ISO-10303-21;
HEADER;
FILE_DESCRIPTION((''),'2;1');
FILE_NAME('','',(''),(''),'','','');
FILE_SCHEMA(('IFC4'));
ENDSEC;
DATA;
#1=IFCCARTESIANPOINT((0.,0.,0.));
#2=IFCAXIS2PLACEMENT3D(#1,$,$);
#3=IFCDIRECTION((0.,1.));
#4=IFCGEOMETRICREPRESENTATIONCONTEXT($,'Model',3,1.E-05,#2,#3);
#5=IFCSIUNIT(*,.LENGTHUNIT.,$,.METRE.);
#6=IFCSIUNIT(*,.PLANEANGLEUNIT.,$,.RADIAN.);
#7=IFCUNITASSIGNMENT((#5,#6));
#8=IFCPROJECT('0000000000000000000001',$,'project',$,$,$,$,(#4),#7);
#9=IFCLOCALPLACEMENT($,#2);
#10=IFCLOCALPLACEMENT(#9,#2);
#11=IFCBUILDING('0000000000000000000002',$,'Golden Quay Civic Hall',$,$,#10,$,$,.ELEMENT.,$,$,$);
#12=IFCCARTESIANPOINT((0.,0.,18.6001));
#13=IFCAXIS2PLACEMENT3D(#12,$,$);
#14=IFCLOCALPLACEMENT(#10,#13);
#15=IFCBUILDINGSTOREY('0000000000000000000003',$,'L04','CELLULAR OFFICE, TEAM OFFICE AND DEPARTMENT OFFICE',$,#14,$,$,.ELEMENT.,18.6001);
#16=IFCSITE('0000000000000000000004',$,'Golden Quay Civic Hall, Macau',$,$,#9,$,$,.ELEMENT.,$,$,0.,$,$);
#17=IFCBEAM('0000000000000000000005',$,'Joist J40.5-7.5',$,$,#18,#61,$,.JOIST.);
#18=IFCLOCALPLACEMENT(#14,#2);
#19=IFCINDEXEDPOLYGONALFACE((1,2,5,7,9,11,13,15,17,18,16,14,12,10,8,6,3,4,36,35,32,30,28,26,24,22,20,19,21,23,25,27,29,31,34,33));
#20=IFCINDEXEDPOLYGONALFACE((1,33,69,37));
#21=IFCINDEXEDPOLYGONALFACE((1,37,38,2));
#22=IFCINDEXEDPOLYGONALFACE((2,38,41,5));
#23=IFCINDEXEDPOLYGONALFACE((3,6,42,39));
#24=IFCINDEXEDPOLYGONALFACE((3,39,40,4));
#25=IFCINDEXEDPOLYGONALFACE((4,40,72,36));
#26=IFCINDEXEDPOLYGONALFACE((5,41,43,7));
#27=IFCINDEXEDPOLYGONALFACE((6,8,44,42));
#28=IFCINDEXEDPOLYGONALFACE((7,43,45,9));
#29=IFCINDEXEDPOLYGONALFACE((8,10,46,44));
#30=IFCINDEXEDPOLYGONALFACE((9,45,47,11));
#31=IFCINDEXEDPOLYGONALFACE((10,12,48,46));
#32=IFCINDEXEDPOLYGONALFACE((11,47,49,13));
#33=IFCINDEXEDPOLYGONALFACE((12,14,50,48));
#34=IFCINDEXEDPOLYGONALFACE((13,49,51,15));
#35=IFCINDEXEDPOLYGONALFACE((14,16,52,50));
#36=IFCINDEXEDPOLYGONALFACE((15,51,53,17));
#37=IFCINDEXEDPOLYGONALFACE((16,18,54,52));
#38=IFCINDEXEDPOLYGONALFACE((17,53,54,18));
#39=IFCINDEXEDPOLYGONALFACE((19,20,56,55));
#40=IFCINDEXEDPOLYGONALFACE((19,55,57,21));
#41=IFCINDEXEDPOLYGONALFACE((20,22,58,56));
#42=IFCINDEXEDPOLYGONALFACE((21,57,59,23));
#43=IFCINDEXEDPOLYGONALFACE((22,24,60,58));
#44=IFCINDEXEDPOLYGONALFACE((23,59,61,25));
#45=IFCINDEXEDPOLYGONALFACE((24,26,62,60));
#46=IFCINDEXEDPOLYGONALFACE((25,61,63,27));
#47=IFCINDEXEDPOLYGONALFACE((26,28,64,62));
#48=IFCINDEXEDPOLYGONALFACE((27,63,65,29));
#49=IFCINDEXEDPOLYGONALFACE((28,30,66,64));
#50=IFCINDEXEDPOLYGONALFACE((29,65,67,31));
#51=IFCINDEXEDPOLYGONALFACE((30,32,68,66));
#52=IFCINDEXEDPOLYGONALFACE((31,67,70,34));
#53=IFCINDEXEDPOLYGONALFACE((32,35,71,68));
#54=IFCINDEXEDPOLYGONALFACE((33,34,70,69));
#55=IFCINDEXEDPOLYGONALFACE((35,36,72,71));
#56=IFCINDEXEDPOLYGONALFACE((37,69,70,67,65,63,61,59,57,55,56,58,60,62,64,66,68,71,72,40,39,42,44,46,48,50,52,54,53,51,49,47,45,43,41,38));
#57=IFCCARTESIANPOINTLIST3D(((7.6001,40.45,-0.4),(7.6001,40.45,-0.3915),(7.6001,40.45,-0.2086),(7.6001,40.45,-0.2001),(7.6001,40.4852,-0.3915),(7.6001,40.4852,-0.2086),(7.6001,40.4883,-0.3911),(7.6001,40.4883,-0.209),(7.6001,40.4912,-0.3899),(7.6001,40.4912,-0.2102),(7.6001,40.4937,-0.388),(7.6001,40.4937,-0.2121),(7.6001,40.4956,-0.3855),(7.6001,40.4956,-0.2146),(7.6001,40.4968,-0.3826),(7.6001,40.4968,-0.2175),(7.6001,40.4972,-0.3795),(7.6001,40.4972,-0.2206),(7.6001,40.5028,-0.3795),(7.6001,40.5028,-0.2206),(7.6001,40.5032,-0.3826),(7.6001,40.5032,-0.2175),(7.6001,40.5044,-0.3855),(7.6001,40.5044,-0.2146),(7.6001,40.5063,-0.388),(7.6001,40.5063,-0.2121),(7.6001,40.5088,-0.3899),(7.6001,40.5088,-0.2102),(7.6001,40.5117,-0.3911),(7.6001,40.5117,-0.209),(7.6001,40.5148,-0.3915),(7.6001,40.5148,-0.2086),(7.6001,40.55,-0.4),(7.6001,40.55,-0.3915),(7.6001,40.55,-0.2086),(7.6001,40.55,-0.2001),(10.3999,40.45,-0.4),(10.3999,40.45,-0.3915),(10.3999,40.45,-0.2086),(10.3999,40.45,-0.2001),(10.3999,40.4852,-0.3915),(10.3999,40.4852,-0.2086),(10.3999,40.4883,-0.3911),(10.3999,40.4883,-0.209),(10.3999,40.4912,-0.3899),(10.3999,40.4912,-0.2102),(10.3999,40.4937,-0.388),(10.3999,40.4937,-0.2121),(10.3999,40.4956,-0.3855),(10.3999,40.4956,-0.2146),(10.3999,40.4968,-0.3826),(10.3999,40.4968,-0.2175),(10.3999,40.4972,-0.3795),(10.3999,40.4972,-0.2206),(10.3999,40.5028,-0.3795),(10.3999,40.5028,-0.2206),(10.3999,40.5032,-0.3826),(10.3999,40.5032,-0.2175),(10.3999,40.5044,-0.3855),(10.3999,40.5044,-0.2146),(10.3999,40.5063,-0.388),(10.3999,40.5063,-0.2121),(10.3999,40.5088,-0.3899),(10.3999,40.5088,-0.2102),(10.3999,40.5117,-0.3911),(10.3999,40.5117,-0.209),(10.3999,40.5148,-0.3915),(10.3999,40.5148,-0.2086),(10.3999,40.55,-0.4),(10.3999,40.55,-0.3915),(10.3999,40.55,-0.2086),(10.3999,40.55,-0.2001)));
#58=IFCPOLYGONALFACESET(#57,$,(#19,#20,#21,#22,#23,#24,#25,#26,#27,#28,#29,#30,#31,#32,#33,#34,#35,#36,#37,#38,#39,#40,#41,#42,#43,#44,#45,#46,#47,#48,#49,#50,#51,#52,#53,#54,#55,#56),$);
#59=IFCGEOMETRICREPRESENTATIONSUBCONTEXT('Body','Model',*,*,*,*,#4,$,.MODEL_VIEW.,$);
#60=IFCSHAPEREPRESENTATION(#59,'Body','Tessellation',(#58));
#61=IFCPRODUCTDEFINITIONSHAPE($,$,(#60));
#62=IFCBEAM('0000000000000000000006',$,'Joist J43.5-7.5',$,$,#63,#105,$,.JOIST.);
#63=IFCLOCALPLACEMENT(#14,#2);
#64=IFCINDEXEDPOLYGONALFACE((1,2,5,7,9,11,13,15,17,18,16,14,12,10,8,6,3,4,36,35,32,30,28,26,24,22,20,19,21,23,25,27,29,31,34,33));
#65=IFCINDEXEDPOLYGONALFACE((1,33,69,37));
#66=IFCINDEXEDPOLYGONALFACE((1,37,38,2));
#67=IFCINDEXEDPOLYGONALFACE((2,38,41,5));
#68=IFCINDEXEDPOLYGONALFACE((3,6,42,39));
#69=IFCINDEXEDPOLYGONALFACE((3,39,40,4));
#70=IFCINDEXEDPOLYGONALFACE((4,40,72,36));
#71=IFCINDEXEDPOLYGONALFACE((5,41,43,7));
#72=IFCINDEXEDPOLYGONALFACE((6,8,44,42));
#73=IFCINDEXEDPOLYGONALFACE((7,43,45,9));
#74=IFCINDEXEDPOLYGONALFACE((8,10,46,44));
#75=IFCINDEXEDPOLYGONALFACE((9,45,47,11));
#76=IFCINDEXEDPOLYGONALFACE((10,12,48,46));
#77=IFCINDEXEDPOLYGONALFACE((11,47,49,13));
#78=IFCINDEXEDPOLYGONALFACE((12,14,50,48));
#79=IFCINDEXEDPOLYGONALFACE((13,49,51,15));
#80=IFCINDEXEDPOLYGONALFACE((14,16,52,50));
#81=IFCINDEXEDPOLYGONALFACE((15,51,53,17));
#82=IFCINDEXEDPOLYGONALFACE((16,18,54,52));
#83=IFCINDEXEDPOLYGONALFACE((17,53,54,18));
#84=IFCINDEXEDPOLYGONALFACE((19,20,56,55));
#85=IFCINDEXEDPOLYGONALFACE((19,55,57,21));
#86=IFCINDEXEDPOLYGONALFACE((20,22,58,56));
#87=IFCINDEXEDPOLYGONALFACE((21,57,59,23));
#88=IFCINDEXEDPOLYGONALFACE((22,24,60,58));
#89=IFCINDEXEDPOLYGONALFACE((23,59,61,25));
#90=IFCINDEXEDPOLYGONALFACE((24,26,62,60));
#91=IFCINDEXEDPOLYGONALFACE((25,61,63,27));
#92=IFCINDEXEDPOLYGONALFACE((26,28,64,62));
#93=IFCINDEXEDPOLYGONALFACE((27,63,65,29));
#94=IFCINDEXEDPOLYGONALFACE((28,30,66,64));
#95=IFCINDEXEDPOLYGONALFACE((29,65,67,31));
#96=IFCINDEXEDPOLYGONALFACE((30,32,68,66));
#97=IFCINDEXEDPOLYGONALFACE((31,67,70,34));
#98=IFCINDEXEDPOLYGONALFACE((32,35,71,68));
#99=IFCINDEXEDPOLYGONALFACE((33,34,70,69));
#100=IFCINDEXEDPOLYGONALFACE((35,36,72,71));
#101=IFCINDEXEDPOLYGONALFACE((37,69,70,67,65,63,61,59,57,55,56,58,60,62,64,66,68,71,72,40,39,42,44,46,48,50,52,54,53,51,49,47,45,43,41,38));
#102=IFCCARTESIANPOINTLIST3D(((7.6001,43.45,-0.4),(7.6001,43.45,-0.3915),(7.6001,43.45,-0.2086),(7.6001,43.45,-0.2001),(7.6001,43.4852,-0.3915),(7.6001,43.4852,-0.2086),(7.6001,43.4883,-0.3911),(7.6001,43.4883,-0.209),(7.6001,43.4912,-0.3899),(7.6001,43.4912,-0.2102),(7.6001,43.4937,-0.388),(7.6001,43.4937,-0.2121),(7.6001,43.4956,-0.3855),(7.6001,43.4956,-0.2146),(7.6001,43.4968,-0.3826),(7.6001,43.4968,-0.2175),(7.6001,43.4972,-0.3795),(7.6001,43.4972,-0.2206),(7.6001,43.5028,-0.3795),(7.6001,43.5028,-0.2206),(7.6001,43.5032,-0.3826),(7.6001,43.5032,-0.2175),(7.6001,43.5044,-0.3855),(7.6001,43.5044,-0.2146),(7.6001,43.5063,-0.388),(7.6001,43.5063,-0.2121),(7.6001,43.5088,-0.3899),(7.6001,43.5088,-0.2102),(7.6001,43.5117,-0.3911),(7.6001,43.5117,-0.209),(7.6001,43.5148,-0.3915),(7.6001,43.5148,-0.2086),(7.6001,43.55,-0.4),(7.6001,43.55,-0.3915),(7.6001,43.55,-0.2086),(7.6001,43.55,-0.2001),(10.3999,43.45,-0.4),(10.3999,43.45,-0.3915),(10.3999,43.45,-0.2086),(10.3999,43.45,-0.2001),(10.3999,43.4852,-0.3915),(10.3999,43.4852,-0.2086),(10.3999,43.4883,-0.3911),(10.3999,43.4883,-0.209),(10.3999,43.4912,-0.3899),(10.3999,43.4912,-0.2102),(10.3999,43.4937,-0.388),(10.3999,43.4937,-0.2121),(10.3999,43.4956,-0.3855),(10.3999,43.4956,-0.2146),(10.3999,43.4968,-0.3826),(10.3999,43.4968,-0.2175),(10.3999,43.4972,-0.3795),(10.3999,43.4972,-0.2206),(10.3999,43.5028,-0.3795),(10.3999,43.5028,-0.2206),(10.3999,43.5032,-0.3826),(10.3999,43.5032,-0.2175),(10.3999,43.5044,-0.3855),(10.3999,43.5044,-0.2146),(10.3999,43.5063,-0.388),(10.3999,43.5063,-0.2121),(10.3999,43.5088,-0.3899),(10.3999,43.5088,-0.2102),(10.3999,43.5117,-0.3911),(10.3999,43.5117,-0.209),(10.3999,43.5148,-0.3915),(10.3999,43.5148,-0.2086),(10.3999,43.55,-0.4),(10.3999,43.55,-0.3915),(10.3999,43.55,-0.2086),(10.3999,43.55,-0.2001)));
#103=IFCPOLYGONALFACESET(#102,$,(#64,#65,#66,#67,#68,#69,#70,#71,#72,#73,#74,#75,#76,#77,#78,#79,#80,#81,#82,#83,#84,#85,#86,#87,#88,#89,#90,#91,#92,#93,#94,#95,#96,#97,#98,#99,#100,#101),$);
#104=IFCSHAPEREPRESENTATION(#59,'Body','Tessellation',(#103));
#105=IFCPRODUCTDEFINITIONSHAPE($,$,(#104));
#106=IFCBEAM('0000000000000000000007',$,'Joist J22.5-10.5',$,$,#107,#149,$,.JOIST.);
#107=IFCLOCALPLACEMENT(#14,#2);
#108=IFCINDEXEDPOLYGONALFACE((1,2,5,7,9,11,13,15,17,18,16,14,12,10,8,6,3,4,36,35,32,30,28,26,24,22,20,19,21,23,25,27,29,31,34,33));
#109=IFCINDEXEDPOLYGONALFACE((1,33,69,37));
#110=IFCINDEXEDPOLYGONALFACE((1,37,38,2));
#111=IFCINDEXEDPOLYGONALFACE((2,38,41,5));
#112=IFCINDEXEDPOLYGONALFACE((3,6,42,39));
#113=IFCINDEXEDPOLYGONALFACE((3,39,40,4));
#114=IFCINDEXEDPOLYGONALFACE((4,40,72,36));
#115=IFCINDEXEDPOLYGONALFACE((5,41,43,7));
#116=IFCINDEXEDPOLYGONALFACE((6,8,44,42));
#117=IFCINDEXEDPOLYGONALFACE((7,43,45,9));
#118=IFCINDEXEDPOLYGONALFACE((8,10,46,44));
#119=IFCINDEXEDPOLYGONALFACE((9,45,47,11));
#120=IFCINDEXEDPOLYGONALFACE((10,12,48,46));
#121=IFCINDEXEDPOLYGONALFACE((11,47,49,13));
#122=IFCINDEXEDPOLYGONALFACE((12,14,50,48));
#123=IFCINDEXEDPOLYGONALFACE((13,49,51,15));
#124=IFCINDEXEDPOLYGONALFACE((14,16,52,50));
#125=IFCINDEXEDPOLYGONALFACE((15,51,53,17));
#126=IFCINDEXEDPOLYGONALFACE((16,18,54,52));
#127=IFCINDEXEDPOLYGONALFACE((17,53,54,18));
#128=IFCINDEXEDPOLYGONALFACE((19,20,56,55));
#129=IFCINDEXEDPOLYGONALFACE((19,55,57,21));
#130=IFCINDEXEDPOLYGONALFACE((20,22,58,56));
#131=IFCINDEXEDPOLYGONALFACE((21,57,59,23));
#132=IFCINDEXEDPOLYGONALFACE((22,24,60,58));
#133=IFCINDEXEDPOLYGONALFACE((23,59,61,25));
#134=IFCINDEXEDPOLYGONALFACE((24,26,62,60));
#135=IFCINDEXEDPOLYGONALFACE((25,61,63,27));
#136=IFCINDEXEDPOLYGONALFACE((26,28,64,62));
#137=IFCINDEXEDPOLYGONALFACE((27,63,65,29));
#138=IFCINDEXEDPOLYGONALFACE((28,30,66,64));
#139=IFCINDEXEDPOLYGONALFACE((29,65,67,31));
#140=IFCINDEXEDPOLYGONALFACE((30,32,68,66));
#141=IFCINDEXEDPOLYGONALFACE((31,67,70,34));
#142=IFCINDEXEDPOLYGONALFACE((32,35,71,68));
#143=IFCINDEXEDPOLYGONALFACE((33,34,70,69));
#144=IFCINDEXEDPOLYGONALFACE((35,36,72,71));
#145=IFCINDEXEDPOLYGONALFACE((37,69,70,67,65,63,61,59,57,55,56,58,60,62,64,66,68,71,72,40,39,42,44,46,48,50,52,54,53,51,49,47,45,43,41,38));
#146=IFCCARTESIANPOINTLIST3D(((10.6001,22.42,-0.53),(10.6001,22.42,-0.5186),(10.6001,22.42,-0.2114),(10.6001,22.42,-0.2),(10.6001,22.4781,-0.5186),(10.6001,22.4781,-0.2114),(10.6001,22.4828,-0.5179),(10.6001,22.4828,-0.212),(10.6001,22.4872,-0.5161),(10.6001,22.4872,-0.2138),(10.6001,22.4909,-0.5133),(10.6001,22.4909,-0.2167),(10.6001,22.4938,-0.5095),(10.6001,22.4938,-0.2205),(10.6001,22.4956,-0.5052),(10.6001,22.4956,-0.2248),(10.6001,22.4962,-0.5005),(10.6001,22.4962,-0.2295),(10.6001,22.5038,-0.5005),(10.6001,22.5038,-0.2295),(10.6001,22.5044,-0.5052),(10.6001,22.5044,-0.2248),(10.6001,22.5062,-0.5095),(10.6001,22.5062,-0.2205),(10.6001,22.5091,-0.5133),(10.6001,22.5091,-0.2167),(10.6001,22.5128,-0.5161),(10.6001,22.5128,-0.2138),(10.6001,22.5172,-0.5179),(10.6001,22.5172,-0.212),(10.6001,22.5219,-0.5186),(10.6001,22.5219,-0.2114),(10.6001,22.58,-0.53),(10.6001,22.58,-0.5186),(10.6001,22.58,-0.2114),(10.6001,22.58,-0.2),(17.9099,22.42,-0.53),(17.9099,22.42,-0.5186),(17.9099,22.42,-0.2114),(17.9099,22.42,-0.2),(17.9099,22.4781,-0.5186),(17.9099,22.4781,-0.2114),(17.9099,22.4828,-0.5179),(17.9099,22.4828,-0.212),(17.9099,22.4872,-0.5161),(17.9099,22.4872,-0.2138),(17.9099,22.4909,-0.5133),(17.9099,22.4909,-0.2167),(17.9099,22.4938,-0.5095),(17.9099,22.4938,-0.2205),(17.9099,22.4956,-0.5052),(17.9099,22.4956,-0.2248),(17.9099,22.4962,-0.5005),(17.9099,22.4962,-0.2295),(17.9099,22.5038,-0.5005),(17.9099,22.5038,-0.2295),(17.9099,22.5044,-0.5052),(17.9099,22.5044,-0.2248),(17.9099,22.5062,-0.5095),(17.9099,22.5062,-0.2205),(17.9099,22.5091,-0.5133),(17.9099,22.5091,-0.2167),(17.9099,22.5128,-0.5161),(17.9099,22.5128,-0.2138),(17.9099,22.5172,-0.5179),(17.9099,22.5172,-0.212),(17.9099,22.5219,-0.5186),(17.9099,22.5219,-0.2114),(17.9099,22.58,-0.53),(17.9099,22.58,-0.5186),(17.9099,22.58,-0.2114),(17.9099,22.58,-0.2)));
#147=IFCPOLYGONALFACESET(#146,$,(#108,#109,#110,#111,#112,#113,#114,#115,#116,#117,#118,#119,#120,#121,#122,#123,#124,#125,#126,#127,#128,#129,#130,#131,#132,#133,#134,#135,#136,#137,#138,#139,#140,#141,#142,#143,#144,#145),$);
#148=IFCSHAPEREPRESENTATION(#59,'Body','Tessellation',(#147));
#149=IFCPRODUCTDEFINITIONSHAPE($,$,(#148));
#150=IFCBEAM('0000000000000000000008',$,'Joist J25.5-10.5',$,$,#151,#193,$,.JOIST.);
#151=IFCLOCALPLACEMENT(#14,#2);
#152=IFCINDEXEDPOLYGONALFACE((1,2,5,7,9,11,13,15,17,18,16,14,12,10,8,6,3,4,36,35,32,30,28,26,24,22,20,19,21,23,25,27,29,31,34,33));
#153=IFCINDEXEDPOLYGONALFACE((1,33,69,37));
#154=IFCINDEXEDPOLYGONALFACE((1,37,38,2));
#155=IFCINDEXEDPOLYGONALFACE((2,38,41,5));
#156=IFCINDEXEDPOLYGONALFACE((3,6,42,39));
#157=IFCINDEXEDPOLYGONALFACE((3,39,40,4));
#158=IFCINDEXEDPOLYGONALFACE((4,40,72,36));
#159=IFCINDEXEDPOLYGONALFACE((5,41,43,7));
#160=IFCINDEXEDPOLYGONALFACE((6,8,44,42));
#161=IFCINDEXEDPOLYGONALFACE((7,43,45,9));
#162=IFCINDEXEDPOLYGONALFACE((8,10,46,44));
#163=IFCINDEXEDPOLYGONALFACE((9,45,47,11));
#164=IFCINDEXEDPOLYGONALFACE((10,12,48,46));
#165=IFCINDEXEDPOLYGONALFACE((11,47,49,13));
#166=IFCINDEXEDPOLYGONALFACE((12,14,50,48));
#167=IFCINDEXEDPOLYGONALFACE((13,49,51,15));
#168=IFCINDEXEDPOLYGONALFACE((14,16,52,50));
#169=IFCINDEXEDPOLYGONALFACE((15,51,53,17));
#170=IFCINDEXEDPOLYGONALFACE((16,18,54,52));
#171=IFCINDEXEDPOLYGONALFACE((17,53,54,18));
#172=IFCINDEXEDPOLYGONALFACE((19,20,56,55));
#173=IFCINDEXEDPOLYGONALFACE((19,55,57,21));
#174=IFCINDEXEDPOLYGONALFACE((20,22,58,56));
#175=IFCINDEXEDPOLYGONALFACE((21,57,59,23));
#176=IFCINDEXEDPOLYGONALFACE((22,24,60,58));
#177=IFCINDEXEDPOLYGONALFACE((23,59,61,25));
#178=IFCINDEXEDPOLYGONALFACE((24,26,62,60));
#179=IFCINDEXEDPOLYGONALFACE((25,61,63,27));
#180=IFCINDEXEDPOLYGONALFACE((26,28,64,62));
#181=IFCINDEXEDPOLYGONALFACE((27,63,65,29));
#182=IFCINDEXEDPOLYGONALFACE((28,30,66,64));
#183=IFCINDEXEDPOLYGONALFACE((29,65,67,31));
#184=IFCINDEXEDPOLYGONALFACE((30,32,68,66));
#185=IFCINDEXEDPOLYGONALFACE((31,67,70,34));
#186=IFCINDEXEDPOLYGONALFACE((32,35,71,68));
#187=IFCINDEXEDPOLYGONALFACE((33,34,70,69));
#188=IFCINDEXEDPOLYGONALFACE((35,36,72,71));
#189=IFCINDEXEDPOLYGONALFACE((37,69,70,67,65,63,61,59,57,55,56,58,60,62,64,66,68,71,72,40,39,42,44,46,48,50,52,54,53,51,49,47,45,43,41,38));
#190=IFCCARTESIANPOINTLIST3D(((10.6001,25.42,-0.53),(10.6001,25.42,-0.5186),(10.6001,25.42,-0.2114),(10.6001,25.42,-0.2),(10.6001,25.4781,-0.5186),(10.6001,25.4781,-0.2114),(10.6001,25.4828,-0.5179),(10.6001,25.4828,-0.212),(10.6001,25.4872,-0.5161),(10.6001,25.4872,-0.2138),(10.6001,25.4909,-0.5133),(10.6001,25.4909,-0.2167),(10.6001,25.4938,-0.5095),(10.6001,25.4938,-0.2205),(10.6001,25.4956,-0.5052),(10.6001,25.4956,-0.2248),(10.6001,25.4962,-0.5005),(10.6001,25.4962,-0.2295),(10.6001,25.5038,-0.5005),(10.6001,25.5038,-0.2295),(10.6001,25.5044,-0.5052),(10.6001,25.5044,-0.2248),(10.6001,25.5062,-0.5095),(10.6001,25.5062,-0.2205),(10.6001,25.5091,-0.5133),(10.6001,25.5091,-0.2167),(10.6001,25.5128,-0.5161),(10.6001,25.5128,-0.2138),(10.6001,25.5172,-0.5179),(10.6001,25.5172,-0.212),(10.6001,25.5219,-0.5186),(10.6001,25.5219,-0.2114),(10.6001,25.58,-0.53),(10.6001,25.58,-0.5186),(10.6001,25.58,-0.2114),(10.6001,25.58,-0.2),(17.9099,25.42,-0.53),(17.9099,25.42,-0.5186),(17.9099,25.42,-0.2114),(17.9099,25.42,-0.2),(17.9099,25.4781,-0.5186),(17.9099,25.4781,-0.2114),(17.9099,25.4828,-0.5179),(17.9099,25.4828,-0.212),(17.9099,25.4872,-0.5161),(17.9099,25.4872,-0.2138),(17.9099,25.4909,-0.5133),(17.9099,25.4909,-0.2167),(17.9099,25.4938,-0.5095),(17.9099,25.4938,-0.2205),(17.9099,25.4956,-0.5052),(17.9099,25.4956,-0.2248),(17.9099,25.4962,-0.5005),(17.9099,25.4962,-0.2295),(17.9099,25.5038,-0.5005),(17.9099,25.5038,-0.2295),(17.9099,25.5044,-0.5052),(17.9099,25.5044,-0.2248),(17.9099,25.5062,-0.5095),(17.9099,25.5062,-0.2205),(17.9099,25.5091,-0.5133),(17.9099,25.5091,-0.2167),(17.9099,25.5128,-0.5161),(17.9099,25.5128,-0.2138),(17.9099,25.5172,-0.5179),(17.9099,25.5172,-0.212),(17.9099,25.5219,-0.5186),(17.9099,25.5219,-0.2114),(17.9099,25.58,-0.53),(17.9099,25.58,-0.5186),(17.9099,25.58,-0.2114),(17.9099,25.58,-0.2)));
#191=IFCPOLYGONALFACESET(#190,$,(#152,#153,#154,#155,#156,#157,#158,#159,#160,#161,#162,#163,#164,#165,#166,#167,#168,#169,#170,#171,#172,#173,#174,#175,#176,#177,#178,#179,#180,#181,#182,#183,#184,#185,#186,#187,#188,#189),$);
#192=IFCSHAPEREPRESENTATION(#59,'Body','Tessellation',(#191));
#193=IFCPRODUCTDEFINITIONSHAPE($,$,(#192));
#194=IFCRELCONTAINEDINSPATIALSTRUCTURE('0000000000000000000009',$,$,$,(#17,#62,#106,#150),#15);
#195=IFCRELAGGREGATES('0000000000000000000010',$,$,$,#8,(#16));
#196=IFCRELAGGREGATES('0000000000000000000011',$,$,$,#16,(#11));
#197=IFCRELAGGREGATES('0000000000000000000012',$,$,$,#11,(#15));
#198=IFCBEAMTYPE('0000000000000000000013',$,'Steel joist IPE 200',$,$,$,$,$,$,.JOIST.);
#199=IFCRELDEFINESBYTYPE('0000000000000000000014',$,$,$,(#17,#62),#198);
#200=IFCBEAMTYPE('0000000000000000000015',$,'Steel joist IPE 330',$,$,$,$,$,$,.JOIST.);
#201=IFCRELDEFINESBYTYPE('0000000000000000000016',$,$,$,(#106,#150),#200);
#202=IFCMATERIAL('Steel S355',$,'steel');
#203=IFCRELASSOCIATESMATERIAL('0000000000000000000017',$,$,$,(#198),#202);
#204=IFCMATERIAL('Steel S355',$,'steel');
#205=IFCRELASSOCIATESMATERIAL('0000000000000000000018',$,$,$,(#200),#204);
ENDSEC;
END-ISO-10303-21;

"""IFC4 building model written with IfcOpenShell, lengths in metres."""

from ifc_helpers import new_model, si_unit, direction, frame, origin, origin_2d, place, context, subcontext, project, spatial, i_section, extrude, material, material_profile, profile_set, type_object, element, save


model = new_model("IFC4")

# Units and contexts
model_context = context("Model", 3, precision=1e-05, world=origin(), true_north=direction((0.0, 1.0)))
body_context = subcontext(model_context, "Body", "Model", "MODEL_VIEW")
ifc_project = project(units=[si_unit("LENGTHUNIT", "METRE"), si_unit("PLANEANGLEUNIT", "RADIAN")], contexts=[model_context])

# Site, building, storey
site_placement = place(None, origin())
site = spatial("IfcSite", under=ifc_project, at=site_placement, Name="Golden Quay Civic Hall, Macau", CompositionType="ELEMENT", RefElevation=0.0)
building_placement = place(site_placement, origin())
building = spatial("IfcBuilding", under=site, at=building_placement, Name="Golden Quay Civic Hall", CompositionType="ELEMENT")
storey_placement = place(building_placement, frame((0.0, 0.0, 18.6001)))
storey = spatial("IfcBuildingStorey", under=building, at=storey_placement, Name="L04", Description="CELLULAR OFFICE, TEAM OFFICE AND DEPARTMENT OFFICE", CompositionType="ELEMENT", Elevation=18.6001)

# Beams
ifc_material_1 = material(Name="Steel S355", Category="steel")
ifc_material_profile_1 = material_profile(ifc_material_1, i_section(OverallWidth=0.1001, OverallDepth=0.2, WebThickness=0.0056, FlangeThickness=0.0085, FilletRadius=0.012, at=origin_2d()), Name="IPE 200")
ifc_profile_set_1 = profile_set([ifc_material_profile_1], Name="Steel S355")
beam_type_1 = type_object("IfcBeamType", Name="Steel joist IPE 200", PredefinedType="JOIST", material=ifc_profile_set_1)
for number, where, z_axis, x_axis, name in (
    (1, (7.6001, 40.5, -0.3), (1.0, 0.0, 0.0), (0.0, 1.0, 0.0), "Joist J40.5-7.5"),
    (2, (7.6001, 43.5, -0.3), (1.0, 0.0, 0.0), (0.0, 1.0, 0.0), "Joist J43.5-7.5"),
):
    element("IfcBeam", number, at=place(storey_placement, frame(where, z_axis=z_axis, x_axis=x_axis)), inside=storey, type_object=beam_type_1, Name=name, PredefinedType="JOIST", context=body_context, shape_type="SweptSolid", body=[
        extrude(i_section(OverallWidth=0.1001, OverallDepth=0.2, WebThickness=0.0056, FlangeThickness=0.0085, FilletRadius=0.012, at=origin_2d()), origin(), (0.0, 0.0, 1.0), 2.7998),
    ])
ifc_material_2 = material(Name="Steel S355", Category="steel")
ifc_material_profile_2 = material_profile(ifc_material_2, i_section(OverallWidth=0.1599, OverallDepth=0.3301, WebThickness=0.0076, FlangeThickness=0.0115, FilletRadius=0.0181, at=origin_2d()), Name="IPE 330")
ifc_profile_set_2 = profile_set([ifc_material_profile_2], Name="Steel S355")
beam_type_2 = type_object("IfcBeamType", Name="Steel joist IPE 330", PredefinedType="JOIST", material=ifc_profile_set_2)
for number, where, z_axis, x_axis, name in (
    (3, (10.6001, 22.5, -0.365), (1.0, 0.0, 0.0), (0.0, 1.0, 0.0), "Joist J22.5-10.5"),
    (4, (10.6001, 25.5, -0.365), (1.0, 0.0, 0.0), (0.0, 1.0, 0.0), "Joist J25.5-10.5"),
):
    element("IfcBeam", number, at=place(storey_placement, frame(where, z_axis=z_axis, x_axis=x_axis)), inside=storey, type_object=beam_type_2, Name=name, PredefinedType="JOIST", context=body_context, shape_type="SweptSolid", body=[
        extrude(i_section(OverallWidth=0.1599, OverallDepth=0.3301, WebThickness=0.0076, FlangeThickness=0.0115, FilletRadius=0.0181, at=origin_2d()), origin(), (0.0, 0.0, 1.0), 7.3098),
    ])

save(model, "model.ifc")
